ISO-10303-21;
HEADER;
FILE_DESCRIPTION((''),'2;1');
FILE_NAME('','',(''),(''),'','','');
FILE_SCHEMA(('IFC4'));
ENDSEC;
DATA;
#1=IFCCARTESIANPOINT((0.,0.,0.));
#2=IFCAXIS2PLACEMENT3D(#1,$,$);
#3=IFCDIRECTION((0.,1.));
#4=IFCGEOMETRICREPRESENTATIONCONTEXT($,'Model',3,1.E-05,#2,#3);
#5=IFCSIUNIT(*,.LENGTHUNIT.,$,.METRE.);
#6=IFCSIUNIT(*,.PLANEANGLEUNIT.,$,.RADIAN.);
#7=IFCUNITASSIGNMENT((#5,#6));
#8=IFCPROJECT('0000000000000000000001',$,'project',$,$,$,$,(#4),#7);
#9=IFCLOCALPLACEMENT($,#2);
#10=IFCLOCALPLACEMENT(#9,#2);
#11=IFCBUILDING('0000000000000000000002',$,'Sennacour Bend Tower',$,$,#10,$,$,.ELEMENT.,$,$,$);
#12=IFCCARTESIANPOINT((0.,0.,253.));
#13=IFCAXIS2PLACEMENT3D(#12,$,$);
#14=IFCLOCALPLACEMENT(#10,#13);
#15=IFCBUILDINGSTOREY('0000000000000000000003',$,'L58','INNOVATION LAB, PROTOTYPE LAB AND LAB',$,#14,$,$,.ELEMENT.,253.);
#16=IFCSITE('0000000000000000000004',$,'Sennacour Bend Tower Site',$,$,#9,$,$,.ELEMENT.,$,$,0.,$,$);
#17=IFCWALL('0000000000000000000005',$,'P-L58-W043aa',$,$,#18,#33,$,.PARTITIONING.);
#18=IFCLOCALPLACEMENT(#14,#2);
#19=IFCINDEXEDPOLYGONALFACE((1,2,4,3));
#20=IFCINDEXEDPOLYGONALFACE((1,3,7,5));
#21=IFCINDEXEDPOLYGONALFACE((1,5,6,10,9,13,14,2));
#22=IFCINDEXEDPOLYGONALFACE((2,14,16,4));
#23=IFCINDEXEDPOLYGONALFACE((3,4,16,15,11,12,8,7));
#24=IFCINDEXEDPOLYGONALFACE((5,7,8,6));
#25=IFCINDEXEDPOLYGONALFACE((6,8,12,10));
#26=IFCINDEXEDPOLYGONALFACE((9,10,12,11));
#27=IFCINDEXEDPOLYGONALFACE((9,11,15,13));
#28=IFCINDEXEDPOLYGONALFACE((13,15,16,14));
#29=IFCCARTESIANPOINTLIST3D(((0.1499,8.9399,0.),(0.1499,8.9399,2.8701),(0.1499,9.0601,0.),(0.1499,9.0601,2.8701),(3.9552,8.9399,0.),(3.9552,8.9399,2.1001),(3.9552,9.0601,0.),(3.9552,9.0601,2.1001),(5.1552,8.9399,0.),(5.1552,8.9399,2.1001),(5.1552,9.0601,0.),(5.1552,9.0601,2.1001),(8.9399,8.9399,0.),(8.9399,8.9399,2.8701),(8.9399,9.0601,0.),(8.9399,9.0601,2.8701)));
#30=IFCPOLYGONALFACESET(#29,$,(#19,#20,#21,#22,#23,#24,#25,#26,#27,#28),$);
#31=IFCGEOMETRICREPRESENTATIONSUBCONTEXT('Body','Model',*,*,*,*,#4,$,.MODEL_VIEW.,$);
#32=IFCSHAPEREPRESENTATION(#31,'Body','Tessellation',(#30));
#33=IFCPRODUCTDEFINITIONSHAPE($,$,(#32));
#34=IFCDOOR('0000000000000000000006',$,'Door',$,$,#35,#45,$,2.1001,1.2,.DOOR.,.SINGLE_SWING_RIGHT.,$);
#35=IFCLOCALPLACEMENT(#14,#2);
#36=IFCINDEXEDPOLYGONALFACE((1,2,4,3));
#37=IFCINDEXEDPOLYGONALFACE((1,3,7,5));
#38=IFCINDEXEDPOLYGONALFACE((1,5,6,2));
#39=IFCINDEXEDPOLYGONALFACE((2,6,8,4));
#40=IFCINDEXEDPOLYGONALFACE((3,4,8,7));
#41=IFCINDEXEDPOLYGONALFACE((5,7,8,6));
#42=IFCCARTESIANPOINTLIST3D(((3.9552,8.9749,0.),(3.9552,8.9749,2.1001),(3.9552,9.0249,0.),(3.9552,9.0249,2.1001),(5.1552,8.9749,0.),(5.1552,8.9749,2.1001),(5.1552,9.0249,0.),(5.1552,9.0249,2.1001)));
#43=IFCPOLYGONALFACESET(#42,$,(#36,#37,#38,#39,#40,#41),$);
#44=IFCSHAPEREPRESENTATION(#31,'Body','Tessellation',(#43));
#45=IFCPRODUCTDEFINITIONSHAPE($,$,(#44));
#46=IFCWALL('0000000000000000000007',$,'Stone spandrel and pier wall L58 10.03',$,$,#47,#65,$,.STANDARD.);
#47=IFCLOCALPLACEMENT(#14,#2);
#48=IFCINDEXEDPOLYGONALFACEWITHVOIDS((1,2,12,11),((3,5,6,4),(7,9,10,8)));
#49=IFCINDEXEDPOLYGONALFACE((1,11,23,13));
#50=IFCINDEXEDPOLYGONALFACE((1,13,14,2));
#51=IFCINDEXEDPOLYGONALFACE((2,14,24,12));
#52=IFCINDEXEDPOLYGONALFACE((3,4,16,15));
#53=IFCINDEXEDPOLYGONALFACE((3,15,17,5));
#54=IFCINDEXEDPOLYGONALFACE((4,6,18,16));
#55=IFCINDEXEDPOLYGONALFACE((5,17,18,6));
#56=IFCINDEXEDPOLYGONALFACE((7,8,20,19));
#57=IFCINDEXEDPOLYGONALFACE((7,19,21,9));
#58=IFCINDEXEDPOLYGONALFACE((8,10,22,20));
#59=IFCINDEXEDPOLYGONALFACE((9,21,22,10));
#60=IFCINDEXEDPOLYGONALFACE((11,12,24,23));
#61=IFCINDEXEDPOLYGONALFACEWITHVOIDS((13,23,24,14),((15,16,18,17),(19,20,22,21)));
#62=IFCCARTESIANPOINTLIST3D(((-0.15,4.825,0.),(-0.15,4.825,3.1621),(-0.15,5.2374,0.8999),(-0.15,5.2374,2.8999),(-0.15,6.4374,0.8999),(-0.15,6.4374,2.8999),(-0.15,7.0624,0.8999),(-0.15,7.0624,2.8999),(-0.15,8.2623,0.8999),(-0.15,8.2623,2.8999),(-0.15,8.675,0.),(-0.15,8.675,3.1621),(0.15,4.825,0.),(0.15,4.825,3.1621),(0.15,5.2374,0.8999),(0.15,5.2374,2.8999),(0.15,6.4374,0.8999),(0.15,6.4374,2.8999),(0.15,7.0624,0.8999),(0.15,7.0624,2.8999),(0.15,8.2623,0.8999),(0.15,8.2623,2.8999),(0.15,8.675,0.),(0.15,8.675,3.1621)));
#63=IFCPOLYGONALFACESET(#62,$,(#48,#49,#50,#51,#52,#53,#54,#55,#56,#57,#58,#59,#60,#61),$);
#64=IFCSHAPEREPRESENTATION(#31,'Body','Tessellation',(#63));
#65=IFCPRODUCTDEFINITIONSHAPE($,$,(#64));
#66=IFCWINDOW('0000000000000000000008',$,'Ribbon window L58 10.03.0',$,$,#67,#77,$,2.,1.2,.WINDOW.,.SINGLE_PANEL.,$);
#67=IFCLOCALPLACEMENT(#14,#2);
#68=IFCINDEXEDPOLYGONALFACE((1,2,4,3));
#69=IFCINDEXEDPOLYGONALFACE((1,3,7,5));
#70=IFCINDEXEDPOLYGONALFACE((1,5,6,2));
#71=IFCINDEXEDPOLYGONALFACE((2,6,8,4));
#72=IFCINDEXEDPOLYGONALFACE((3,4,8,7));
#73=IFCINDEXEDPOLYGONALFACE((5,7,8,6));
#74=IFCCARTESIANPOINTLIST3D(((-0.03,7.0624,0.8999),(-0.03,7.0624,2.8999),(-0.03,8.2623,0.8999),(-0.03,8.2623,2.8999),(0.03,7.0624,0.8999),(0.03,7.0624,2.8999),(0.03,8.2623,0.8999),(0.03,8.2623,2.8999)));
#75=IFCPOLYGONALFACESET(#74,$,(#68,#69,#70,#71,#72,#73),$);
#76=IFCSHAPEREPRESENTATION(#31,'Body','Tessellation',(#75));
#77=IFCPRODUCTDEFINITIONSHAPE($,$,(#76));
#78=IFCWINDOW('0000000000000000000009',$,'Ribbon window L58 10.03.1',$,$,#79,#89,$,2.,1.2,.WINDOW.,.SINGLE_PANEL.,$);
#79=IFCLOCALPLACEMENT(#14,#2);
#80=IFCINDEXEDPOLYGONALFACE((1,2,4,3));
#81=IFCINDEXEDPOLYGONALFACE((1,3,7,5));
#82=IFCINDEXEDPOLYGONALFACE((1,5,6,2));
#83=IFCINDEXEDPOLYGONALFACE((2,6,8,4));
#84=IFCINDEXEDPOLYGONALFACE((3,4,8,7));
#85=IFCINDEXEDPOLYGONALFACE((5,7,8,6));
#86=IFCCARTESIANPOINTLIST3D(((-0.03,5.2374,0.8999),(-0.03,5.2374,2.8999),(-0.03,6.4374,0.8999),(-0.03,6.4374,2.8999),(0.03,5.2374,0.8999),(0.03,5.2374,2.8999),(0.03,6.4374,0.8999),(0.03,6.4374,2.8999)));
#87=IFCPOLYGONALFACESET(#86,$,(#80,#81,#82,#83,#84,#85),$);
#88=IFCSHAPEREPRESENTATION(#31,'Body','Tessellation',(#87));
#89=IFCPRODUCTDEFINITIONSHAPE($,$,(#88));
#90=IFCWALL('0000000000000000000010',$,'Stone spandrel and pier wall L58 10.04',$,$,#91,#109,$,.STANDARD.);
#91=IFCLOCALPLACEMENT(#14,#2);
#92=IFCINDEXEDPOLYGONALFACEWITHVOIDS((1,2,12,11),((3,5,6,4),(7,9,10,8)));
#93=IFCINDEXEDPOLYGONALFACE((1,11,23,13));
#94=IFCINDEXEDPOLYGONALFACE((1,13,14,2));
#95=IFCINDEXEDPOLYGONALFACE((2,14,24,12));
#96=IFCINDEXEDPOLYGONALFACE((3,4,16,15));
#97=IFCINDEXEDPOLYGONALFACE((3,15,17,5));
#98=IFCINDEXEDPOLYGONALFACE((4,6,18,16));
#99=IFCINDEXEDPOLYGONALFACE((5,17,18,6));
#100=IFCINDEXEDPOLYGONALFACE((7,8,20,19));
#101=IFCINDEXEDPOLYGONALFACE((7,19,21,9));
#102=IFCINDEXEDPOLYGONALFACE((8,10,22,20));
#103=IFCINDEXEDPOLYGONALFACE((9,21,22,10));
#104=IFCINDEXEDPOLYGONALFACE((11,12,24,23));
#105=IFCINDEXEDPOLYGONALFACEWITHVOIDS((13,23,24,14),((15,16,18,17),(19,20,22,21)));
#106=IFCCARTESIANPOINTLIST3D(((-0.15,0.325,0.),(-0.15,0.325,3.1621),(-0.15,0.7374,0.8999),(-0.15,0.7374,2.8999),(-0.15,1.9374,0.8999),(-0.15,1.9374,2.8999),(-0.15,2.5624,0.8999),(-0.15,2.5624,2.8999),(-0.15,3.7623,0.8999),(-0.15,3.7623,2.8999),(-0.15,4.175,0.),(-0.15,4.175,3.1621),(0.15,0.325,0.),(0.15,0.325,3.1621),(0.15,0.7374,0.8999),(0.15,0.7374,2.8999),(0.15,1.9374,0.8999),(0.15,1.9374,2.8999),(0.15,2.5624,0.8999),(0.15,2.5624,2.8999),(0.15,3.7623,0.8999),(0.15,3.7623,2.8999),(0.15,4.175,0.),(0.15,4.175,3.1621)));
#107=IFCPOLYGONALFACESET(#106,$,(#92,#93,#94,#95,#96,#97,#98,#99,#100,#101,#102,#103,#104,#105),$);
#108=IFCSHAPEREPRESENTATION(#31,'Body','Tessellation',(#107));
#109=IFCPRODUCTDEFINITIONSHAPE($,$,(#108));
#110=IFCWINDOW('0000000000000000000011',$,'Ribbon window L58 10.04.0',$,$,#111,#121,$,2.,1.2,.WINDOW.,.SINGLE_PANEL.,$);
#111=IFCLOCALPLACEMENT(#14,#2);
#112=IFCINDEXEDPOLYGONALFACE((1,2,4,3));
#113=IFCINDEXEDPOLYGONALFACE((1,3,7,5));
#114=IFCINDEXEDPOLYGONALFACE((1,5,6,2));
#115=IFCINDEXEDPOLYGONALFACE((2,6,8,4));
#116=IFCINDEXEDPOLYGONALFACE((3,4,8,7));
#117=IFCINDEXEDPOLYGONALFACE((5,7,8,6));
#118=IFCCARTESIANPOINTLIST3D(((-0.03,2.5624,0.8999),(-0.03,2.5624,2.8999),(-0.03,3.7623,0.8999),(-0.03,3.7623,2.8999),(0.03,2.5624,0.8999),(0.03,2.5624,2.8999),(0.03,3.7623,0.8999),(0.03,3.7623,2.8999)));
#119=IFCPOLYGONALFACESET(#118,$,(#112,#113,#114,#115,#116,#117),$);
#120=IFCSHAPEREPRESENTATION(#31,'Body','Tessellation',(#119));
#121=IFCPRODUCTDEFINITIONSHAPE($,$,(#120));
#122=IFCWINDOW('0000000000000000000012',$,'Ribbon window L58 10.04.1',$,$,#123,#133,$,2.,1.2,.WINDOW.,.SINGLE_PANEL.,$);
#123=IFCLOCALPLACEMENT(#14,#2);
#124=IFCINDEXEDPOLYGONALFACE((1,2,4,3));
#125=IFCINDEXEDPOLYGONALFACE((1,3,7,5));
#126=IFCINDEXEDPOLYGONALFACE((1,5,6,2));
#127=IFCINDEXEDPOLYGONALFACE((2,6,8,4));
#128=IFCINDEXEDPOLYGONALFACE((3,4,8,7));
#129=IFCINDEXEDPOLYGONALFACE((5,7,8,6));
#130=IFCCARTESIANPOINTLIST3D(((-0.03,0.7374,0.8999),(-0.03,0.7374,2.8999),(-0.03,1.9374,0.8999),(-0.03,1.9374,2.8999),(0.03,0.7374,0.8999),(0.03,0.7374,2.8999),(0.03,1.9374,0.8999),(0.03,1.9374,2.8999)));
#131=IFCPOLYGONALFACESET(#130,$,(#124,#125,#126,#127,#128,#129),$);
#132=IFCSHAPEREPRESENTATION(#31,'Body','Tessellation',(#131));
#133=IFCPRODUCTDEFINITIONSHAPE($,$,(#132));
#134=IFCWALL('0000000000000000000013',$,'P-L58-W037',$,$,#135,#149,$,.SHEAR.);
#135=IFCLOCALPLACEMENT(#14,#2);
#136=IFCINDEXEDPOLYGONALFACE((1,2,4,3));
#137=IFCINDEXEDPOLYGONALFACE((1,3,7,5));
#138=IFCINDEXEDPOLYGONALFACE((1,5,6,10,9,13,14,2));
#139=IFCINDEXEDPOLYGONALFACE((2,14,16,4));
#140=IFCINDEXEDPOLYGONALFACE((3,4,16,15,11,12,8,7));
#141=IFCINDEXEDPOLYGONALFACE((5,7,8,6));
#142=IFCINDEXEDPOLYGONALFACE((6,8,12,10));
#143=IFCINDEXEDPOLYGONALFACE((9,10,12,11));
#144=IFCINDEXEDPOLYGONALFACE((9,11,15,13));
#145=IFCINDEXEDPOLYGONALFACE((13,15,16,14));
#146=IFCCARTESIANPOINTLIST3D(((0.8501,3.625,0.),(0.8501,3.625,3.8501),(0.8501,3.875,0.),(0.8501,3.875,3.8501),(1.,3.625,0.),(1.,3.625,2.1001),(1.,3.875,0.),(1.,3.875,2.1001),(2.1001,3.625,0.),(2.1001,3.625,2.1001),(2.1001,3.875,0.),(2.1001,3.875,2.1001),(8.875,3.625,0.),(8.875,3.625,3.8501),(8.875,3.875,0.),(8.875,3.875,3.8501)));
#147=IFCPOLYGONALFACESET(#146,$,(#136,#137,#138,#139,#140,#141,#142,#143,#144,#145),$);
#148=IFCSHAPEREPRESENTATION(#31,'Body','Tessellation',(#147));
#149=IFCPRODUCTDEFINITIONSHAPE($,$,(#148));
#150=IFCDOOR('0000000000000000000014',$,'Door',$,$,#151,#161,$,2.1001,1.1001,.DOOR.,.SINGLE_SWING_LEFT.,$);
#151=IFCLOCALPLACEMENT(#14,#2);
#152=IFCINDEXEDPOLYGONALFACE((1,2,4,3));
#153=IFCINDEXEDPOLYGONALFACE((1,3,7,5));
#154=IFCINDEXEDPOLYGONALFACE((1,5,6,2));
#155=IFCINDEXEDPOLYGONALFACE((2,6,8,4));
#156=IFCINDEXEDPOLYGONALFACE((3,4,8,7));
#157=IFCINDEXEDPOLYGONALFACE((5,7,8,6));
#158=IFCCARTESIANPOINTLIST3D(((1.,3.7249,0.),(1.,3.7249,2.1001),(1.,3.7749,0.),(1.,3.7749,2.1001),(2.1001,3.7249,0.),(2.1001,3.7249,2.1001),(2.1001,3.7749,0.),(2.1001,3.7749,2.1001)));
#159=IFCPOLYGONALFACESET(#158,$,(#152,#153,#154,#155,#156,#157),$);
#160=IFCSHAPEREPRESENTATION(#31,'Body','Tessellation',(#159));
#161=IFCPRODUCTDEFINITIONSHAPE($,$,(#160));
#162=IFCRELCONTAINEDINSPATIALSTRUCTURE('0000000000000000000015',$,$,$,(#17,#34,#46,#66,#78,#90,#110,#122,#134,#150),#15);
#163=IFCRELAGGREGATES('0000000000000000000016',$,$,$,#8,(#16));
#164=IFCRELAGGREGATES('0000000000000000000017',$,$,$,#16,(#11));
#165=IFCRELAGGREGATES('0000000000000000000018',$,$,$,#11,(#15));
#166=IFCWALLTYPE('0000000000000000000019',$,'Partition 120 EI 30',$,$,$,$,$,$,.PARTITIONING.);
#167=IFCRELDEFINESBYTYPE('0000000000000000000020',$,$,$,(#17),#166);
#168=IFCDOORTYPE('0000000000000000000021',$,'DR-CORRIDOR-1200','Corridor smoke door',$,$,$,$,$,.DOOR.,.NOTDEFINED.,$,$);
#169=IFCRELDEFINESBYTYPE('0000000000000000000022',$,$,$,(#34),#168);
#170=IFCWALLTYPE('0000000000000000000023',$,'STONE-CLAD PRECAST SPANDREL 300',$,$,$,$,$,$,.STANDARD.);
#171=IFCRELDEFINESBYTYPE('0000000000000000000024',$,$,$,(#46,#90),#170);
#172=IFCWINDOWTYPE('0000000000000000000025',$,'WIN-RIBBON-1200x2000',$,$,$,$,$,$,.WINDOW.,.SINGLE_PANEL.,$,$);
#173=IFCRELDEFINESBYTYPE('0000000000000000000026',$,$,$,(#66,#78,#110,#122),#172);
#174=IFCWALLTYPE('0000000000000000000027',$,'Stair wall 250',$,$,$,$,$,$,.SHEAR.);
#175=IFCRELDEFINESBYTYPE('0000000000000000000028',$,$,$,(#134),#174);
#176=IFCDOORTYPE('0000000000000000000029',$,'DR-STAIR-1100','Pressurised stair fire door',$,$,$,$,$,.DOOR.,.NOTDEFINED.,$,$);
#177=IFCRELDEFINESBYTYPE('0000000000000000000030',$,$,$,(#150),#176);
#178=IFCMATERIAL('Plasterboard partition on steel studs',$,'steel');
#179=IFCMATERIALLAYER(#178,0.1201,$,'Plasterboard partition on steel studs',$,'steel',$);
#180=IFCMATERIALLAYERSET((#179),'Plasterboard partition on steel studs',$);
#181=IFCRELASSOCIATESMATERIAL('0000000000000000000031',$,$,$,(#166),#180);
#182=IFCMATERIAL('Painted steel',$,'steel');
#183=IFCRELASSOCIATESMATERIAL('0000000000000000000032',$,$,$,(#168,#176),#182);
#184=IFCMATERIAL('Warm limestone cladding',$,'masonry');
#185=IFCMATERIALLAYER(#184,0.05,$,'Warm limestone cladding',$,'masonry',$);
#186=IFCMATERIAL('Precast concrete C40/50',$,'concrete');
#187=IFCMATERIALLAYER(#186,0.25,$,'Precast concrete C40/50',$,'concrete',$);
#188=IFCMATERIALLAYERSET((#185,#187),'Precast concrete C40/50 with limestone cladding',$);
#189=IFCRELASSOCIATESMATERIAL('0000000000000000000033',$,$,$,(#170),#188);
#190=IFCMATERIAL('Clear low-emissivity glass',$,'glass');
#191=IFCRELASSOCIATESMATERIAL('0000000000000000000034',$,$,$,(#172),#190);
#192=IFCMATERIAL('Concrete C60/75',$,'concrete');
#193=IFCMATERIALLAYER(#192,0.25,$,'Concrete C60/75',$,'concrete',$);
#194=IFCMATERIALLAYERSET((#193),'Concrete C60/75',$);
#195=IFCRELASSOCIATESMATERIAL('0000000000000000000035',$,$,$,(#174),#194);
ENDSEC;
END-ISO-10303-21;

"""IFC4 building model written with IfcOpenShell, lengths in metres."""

from ifc_helpers import new_model, si_unit, direction, frame, frame_2d, origin, place, context, subcontext, project, spatial, rectangle, extrude, material, layer, layer_set, type_object, element, fill, save


model = new_model("IFC4")

# Units and contexts
model_context = context("Model", 3, precision=1e-05, world=origin(), true_north=direction((0.0, 1.0)))
body_context = subcontext(model_context, "Body", "Model", "MODEL_VIEW")
ifc_project = project(units=[si_unit("LENGTHUNIT", "METRE"), si_unit("PLANEANGLEUNIT", "RADIAN")], contexts=[model_context])

# Site, building, storey
site_placement = place(None, origin())
site = spatial("IfcSite", under=ifc_project, at=site_placement, Name="Sennacour Bend Tower Site", CompositionType="ELEMENT", RefElevation=0.0)
building_placement = place(site_placement, origin())
building = spatial("IfcBuilding", under=site, at=building_placement, Name="Sennacour Bend Tower", CompositionType="ELEMENT")
storey_placement = place(building_placement, frame((0.0, 0.0, 253.0)))
storey = spatial("IfcBuildingStorey", under=building, at=storey_placement, Name="L58", Description="INNOVATION LAB, PROTOTYPE LAB AND LAB", CompositionType="ELEMENT", Elevation=253.0)

# Shared definitions
ifc_material_1 = material(Name="Plasterboard partition on steel studs", Category="steel")

# Wall, opening, door
ifc_layer_1 = layer(ifc_material_1, 0.1201, Name="Plasterboard partition on steel studs", Category="steel")
ifc_layer_set_1 = layer_set([ifc_layer_1], Name="Plasterboard partition on steel studs")
wall_type_1 = type_object("IfcWallType", Name="Partition 120 EI 30", PredefinedType="PARTITIONING", material=ifc_layer_set_1)
wall_1_placement = place(storey_placement, frame((0.1499, 9.0, 0.0), z_axis=(0.0, 0.0, 1.0), x_axis=(1.0, 0.0, 0.0)))
wall_1 = element("IfcWall", 1, at=wall_1_placement, inside=storey, type_object=wall_type_1, Name="P-L58-W043aa", PredefinedType="PARTITIONING", context=body_context, shape_type="SweptSolid", body=[
    extrude(rectangle(XDim=8.79, YDim=0.1201, at=frame_2d((4.395, 0.0))), origin(), (0.0, 0.0, 1.0), 2.8701),
])
opening_1_placement = place(wall_1_placement, frame((3.8052, 0.0, 0.0)))
opening_1 = element("IfcOpeningElement", 2, at=opening_1_placement, cuts=wall_1, PredefinedType="OPENING", context=body_context, shape_type="SweptSolid", body=[
    extrude(rectangle(XDim=1.2, YDim=2.1001, at=frame_2d((0.6001, 1.05))), frame((0.0, 0.0701, 0.0), z_axis=(0.0, -1.0, 0.0), x_axis=(1.0, 0.0, 0.0)), (0.0, 0.0, 1.0), 0.1401),
])
ifc_material_2 = material(Name="Painted steel", Category="steel")
door_type_1 = type_object("IfcDoorType", Name="DR-CORRIDOR-1200", Description="Corridor smoke door", OperationType="NOTDEFINED", PredefinedType="DOOR", material=ifc_material_2)
door_1_placement = place(opening_1_placement, origin())
door_1 = element("IfcDoor", 3, at=door_1_placement, inside=storey, type_object=door_type_1, Name="Door", OperationType="SINGLE_SWING_RIGHT", OverallHeight=2.1001, OverallWidth=1.2, PredefinedType="DOOR", context=body_context, shape_type="SweptSolid", body=[
    extrude(rectangle(XDim=1.2, YDim=2.1001, at=frame_2d((0.6001, 1.05))), frame((0.0, 0.0249, 0.0), z_axis=(0.0, -1.0, 0.0), x_axis=(1.0, 0.0, 0.0)), (0.0, 0.0, 1.0), 0.05),
])
fill(opening_1, door_1)

# Walls, openings, windows
ifc_material_3 = material(Name="Warm limestone cladding", Category="masonry")
ifc_layer_2 = layer(ifc_material_3, 0.05, Name="Warm limestone cladding", Category="masonry")
ifc_material_4 = material(Name="Precast concrete C40/50", Category="concrete")
ifc_layer_3 = layer(ifc_material_4, 0.25, Name="Precast concrete C40/50", Category="concrete")
ifc_layer_set_2 = layer_set([ifc_layer_2, ifc_layer_3], Name="Precast concrete C40/50 with limestone cladding")
wall_type_2 = type_object("IfcWallType", Name="STONE-CLAD PRECAST SPANDREL 300", PredefinedType="STANDARD", material=ifc_layer_set_2)
wall_2_placement = place(storey_placement, frame((0.0, 8.675, 0.0), z_axis=(0.0, 0.0, 1.0), x_axis=(0.0, -1.0, 0.0)))
wall_2 = element("IfcWall", 4, at=wall_2_placement, inside=storey, type_object=wall_type_2, Name="Stone spandrel and pier wall L58 10.03", PredefinedType="STANDARD", context=body_context, shape_type="SweptSolid", body=[
    extrude(rectangle(XDim=3.8501, YDim=0.3, at=frame_2d((1.925, 0.0))), origin(), (0.0, 0.0, 1.0), 3.1621),
])
opening_2_placement = place(wall_2_placement, frame((0.4126, 0.0, 0.8999)))
opening_2 = element("IfcOpeningElement", 5, at=opening_2_placement, cuts=wall_2, PredefinedType="OPENING", context=body_context, shape_type="SweptSolid", body=[
    extrude(rectangle(XDim=1.2, YDim=2.0, at=frame_2d((0.6001, 1.0))), frame((0.0, 0.1602, 0.0), z_axis=(0.0, -1.0, 0.0), x_axis=(1.0, 0.0, 0.0)), (0.0, 0.0, 1.0), 0.3201),
])
opening_3_placement = place(wall_2_placement, frame((2.2375, 0.0, 0.8999)))
opening_3 = element("IfcOpeningElement", 6, at=opening_3_placement, cuts=wall_2, PredefinedType="OPENING", context=body_context, shape_type="SweptSolid", body=[
    extrude(rectangle(XDim=1.2, YDim=2.0, at=frame_2d((0.6001, 1.0))), frame((0.0, 0.1602, 0.0), z_axis=(0.0, -1.0, 0.0), x_axis=(1.0, 0.0, 0.0)), (0.0, 0.0, 1.0), 0.3201),
])
ifc_material_5 = material(Name="Clear low-emissivity glass", Category="glass")
window_type = type_object("IfcWindowType", Name="WIN-RIBBON-1200x2000", PartitioningType="SINGLE_PANEL", PredefinedType="WINDOW", material=ifc_material_5)
window_1_placement = place(opening_2_placement, origin())
window_1 = element("IfcWindow", 7, at=window_1_placement, inside=storey, type_object=window_type, Name="Ribbon window L58 10.03.0", OverallHeight=2.0, OverallWidth=1.2, PartitioningType="SINGLE_PANEL", PredefinedType="WINDOW", context=body_context, shape_type="SweptSolid", body=[
    extrude(rectangle(XDim=1.2, YDim=2.0, at=frame_2d((0.6001, 1.0))), frame((0.0, 0.03, 0.0), z_axis=(0.0, -1.0, 0.0), x_axis=(1.0, 0.0, 0.0)), (0.0, 0.0, 1.0), 0.0601),
])
fill(opening_2, window_1)
window_2_placement = place(opening_3_placement, origin())
window_2 = element("IfcWindow", 8, at=window_2_placement, inside=storey, type_object=window_type, Name="Ribbon window L58 10.03.1", OverallHeight=2.0, OverallWidth=1.2, PartitioningType="SINGLE_PANEL", PredefinedType="WINDOW", context=body_context, shape_type="SweptSolid", body=[
    extrude(rectangle(XDim=1.2, YDim=2.0, at=frame_2d((0.6001, 1.0))), frame((0.0, 0.03, 0.0), z_axis=(0.0, -1.0, 0.0), x_axis=(1.0, 0.0, 0.0)), (0.0, 0.0, 1.0), 0.0601),
])
fill(opening_3, window_2)
wall_3_placement = place(storey_placement, frame((0.0, 4.175, 0.0), z_axis=(0.0, 0.0, 1.0), x_axis=(0.0, -1.0, 0.0)))
wall_3 = element("IfcWall", 9, at=wall_3_placement, inside=storey, type_object=wall_type_2, Name="Stone spandrel and pier wall L58 10.04", PredefinedType="STANDARD", context=body_context, shape_type="SweptSolid", body=[
    extrude(rectangle(XDim=3.8501, YDim=0.3, at=frame_2d((1.925, 0.0))), origin(), (0.0, 0.0, 1.0), 3.1621),
])
opening_4_placement = place(wall_3_placement, frame((0.4126, 0.0, 0.8999)))
opening_4 = element("IfcOpeningElement", 10, at=opening_4_placement, cuts=wall_3, PredefinedType="OPENING", context=body_context, shape_type="SweptSolid", body=[
    extrude(rectangle(XDim=1.2, YDim=2.0, at=frame_2d((0.6001, 1.0))), frame((0.0, 0.1602, 0.0), z_axis=(0.0, -1.0, 0.0), x_axis=(1.0, 0.0, 0.0)), (0.0, 0.0, 1.0), 0.3201),
])
opening_5_placement = place(wall_3_placement, frame((2.2375, 0.0, 0.8999)))
opening_5 = element("IfcOpeningElement", 11, at=opening_5_placement, cuts=wall_3, PredefinedType="OPENING", context=body_context, shape_type="SweptSolid", body=[
    extrude(rectangle(XDim=1.2, YDim=2.0, at=frame_2d((0.6001, 1.0))), frame((0.0, 0.1602, 0.0), z_axis=(0.0, -1.0, 0.0), x_axis=(1.0, 0.0, 0.0)), (0.0, 0.0, 1.0), 0.3201),
])
window_3_placement = place(opening_4_placement, origin())
window_3 = element("IfcWindow", 12, at=window_3_placement, inside=storey, type_object=window_type, Name="Ribbon window L58 10.04.0", OverallHeight=2.0, OverallWidth=1.2, PartitioningType="SINGLE_PANEL", PredefinedType="WINDOW", context=body_context, shape_type="SweptSolid", body=[
    extrude(rectangle(XDim=1.2, YDim=2.0, at=frame_2d((0.6001, 1.0))), frame((0.0, 0.03, 0.0), z_axis=(0.0, -1.0, 0.0), x_axis=(1.0, 0.0, 0.0)), (0.0, 0.0, 1.0), 0.0601),
])
fill(opening_4, window_3)
window_4_placement = place(opening_5_placement, origin())
window_4 = element("IfcWindow", 13, at=window_4_placement, inside=storey, type_object=window_type, Name="Ribbon window L58 10.04.1", OverallHeight=2.0, OverallWidth=1.2, PartitioningType="SINGLE_PANEL", PredefinedType="WINDOW", context=body_context, shape_type="SweptSolid", body=[
    extrude(rectangle(XDim=1.2, YDim=2.0, at=frame_2d((0.6001, 1.0))), frame((0.0, 0.03, 0.0), z_axis=(0.0, -1.0, 0.0), x_axis=(1.0, 0.0, 0.0)), (0.0, 0.0, 1.0), 0.0601),
])
fill(opening_5, window_4)

# Wall, opening, door
ifc_material_6 = material(Name="Concrete C60/75", Category="concrete")
ifc_layer_4 = layer(ifc_material_6, 0.25, Name="Concrete C60/75", Category="concrete")
ifc_layer_set_3 = layer_set([ifc_layer_4], Name="Concrete C60/75")
wall_type_3 = type_object("IfcWallType", Name="Stair wall 250", PredefinedType="SHEAR", material=ifc_layer_set_3)
wall_4_placement = place(storey_placement, frame((0.8501, 3.75, 0.0), z_axis=(0.0, 0.0, 1.0), x_axis=(1.0, 0.0, 0.0)))
wall_4 = element("IfcWall", 14, at=wall_4_placement, inside=storey, type_object=wall_type_3, Name="P-L58-W037", PredefinedType="SHEAR", context=body_context, shape_type="SweptSolid", body=[
    extrude(rectangle(XDim=8.0249, YDim=0.25, at=frame_2d((4.0125, 0.0))), origin(), (0.0, 0.0, 1.0), 3.8501),
])
opening_6_placement = place(wall_4_placement, frame((0.1499, 0.0, 0.0)))
opening_6 = element("IfcOpeningElement", 15, at=opening_6_placement, cuts=wall_4, PredefinedType="OPENING", context=body_context, shape_type="SweptSolid", body=[
    extrude(rectangle(XDim=1.1001, YDim=2.1001, at=frame_2d((0.55, 1.05))), frame((0.0, 0.135, 0.0), z_axis=(0.0, -1.0, 0.0), x_axis=(1.0, 0.0, 0.0)), (0.0, 0.0, 1.0), 0.27),
])
door_type_2 = type_object("IfcDoorType", Name="DR-STAIR-1100", Description="Pressurised stair fire door", OperationType="NOTDEFINED", PredefinedType="DOOR", material=ifc_material_2)
door_2_placement = place(opening_6_placement, origin())
door_2 = element("IfcDoor", 16, at=door_2_placement, inside=storey, type_object=door_type_2, Name="Door", OperationType="SINGLE_SWING_LEFT", OverallHeight=2.1001, OverallWidth=1.1001, PredefinedType="DOOR", context=body_context, shape_type="SweptSolid", body=[
    extrude(rectangle(XDim=1.1001, YDim=2.1001, at=frame_2d((0.55, 1.05))), frame((0.0, 0.0249, 0.0), z_axis=(0.0, -1.0, 0.0), x_axis=(1.0, 0.0, 0.0)), (0.0, 0.0, 1.0), 0.05),
])
fill(opening_6, door_2)

save(model, "model.ifc")
